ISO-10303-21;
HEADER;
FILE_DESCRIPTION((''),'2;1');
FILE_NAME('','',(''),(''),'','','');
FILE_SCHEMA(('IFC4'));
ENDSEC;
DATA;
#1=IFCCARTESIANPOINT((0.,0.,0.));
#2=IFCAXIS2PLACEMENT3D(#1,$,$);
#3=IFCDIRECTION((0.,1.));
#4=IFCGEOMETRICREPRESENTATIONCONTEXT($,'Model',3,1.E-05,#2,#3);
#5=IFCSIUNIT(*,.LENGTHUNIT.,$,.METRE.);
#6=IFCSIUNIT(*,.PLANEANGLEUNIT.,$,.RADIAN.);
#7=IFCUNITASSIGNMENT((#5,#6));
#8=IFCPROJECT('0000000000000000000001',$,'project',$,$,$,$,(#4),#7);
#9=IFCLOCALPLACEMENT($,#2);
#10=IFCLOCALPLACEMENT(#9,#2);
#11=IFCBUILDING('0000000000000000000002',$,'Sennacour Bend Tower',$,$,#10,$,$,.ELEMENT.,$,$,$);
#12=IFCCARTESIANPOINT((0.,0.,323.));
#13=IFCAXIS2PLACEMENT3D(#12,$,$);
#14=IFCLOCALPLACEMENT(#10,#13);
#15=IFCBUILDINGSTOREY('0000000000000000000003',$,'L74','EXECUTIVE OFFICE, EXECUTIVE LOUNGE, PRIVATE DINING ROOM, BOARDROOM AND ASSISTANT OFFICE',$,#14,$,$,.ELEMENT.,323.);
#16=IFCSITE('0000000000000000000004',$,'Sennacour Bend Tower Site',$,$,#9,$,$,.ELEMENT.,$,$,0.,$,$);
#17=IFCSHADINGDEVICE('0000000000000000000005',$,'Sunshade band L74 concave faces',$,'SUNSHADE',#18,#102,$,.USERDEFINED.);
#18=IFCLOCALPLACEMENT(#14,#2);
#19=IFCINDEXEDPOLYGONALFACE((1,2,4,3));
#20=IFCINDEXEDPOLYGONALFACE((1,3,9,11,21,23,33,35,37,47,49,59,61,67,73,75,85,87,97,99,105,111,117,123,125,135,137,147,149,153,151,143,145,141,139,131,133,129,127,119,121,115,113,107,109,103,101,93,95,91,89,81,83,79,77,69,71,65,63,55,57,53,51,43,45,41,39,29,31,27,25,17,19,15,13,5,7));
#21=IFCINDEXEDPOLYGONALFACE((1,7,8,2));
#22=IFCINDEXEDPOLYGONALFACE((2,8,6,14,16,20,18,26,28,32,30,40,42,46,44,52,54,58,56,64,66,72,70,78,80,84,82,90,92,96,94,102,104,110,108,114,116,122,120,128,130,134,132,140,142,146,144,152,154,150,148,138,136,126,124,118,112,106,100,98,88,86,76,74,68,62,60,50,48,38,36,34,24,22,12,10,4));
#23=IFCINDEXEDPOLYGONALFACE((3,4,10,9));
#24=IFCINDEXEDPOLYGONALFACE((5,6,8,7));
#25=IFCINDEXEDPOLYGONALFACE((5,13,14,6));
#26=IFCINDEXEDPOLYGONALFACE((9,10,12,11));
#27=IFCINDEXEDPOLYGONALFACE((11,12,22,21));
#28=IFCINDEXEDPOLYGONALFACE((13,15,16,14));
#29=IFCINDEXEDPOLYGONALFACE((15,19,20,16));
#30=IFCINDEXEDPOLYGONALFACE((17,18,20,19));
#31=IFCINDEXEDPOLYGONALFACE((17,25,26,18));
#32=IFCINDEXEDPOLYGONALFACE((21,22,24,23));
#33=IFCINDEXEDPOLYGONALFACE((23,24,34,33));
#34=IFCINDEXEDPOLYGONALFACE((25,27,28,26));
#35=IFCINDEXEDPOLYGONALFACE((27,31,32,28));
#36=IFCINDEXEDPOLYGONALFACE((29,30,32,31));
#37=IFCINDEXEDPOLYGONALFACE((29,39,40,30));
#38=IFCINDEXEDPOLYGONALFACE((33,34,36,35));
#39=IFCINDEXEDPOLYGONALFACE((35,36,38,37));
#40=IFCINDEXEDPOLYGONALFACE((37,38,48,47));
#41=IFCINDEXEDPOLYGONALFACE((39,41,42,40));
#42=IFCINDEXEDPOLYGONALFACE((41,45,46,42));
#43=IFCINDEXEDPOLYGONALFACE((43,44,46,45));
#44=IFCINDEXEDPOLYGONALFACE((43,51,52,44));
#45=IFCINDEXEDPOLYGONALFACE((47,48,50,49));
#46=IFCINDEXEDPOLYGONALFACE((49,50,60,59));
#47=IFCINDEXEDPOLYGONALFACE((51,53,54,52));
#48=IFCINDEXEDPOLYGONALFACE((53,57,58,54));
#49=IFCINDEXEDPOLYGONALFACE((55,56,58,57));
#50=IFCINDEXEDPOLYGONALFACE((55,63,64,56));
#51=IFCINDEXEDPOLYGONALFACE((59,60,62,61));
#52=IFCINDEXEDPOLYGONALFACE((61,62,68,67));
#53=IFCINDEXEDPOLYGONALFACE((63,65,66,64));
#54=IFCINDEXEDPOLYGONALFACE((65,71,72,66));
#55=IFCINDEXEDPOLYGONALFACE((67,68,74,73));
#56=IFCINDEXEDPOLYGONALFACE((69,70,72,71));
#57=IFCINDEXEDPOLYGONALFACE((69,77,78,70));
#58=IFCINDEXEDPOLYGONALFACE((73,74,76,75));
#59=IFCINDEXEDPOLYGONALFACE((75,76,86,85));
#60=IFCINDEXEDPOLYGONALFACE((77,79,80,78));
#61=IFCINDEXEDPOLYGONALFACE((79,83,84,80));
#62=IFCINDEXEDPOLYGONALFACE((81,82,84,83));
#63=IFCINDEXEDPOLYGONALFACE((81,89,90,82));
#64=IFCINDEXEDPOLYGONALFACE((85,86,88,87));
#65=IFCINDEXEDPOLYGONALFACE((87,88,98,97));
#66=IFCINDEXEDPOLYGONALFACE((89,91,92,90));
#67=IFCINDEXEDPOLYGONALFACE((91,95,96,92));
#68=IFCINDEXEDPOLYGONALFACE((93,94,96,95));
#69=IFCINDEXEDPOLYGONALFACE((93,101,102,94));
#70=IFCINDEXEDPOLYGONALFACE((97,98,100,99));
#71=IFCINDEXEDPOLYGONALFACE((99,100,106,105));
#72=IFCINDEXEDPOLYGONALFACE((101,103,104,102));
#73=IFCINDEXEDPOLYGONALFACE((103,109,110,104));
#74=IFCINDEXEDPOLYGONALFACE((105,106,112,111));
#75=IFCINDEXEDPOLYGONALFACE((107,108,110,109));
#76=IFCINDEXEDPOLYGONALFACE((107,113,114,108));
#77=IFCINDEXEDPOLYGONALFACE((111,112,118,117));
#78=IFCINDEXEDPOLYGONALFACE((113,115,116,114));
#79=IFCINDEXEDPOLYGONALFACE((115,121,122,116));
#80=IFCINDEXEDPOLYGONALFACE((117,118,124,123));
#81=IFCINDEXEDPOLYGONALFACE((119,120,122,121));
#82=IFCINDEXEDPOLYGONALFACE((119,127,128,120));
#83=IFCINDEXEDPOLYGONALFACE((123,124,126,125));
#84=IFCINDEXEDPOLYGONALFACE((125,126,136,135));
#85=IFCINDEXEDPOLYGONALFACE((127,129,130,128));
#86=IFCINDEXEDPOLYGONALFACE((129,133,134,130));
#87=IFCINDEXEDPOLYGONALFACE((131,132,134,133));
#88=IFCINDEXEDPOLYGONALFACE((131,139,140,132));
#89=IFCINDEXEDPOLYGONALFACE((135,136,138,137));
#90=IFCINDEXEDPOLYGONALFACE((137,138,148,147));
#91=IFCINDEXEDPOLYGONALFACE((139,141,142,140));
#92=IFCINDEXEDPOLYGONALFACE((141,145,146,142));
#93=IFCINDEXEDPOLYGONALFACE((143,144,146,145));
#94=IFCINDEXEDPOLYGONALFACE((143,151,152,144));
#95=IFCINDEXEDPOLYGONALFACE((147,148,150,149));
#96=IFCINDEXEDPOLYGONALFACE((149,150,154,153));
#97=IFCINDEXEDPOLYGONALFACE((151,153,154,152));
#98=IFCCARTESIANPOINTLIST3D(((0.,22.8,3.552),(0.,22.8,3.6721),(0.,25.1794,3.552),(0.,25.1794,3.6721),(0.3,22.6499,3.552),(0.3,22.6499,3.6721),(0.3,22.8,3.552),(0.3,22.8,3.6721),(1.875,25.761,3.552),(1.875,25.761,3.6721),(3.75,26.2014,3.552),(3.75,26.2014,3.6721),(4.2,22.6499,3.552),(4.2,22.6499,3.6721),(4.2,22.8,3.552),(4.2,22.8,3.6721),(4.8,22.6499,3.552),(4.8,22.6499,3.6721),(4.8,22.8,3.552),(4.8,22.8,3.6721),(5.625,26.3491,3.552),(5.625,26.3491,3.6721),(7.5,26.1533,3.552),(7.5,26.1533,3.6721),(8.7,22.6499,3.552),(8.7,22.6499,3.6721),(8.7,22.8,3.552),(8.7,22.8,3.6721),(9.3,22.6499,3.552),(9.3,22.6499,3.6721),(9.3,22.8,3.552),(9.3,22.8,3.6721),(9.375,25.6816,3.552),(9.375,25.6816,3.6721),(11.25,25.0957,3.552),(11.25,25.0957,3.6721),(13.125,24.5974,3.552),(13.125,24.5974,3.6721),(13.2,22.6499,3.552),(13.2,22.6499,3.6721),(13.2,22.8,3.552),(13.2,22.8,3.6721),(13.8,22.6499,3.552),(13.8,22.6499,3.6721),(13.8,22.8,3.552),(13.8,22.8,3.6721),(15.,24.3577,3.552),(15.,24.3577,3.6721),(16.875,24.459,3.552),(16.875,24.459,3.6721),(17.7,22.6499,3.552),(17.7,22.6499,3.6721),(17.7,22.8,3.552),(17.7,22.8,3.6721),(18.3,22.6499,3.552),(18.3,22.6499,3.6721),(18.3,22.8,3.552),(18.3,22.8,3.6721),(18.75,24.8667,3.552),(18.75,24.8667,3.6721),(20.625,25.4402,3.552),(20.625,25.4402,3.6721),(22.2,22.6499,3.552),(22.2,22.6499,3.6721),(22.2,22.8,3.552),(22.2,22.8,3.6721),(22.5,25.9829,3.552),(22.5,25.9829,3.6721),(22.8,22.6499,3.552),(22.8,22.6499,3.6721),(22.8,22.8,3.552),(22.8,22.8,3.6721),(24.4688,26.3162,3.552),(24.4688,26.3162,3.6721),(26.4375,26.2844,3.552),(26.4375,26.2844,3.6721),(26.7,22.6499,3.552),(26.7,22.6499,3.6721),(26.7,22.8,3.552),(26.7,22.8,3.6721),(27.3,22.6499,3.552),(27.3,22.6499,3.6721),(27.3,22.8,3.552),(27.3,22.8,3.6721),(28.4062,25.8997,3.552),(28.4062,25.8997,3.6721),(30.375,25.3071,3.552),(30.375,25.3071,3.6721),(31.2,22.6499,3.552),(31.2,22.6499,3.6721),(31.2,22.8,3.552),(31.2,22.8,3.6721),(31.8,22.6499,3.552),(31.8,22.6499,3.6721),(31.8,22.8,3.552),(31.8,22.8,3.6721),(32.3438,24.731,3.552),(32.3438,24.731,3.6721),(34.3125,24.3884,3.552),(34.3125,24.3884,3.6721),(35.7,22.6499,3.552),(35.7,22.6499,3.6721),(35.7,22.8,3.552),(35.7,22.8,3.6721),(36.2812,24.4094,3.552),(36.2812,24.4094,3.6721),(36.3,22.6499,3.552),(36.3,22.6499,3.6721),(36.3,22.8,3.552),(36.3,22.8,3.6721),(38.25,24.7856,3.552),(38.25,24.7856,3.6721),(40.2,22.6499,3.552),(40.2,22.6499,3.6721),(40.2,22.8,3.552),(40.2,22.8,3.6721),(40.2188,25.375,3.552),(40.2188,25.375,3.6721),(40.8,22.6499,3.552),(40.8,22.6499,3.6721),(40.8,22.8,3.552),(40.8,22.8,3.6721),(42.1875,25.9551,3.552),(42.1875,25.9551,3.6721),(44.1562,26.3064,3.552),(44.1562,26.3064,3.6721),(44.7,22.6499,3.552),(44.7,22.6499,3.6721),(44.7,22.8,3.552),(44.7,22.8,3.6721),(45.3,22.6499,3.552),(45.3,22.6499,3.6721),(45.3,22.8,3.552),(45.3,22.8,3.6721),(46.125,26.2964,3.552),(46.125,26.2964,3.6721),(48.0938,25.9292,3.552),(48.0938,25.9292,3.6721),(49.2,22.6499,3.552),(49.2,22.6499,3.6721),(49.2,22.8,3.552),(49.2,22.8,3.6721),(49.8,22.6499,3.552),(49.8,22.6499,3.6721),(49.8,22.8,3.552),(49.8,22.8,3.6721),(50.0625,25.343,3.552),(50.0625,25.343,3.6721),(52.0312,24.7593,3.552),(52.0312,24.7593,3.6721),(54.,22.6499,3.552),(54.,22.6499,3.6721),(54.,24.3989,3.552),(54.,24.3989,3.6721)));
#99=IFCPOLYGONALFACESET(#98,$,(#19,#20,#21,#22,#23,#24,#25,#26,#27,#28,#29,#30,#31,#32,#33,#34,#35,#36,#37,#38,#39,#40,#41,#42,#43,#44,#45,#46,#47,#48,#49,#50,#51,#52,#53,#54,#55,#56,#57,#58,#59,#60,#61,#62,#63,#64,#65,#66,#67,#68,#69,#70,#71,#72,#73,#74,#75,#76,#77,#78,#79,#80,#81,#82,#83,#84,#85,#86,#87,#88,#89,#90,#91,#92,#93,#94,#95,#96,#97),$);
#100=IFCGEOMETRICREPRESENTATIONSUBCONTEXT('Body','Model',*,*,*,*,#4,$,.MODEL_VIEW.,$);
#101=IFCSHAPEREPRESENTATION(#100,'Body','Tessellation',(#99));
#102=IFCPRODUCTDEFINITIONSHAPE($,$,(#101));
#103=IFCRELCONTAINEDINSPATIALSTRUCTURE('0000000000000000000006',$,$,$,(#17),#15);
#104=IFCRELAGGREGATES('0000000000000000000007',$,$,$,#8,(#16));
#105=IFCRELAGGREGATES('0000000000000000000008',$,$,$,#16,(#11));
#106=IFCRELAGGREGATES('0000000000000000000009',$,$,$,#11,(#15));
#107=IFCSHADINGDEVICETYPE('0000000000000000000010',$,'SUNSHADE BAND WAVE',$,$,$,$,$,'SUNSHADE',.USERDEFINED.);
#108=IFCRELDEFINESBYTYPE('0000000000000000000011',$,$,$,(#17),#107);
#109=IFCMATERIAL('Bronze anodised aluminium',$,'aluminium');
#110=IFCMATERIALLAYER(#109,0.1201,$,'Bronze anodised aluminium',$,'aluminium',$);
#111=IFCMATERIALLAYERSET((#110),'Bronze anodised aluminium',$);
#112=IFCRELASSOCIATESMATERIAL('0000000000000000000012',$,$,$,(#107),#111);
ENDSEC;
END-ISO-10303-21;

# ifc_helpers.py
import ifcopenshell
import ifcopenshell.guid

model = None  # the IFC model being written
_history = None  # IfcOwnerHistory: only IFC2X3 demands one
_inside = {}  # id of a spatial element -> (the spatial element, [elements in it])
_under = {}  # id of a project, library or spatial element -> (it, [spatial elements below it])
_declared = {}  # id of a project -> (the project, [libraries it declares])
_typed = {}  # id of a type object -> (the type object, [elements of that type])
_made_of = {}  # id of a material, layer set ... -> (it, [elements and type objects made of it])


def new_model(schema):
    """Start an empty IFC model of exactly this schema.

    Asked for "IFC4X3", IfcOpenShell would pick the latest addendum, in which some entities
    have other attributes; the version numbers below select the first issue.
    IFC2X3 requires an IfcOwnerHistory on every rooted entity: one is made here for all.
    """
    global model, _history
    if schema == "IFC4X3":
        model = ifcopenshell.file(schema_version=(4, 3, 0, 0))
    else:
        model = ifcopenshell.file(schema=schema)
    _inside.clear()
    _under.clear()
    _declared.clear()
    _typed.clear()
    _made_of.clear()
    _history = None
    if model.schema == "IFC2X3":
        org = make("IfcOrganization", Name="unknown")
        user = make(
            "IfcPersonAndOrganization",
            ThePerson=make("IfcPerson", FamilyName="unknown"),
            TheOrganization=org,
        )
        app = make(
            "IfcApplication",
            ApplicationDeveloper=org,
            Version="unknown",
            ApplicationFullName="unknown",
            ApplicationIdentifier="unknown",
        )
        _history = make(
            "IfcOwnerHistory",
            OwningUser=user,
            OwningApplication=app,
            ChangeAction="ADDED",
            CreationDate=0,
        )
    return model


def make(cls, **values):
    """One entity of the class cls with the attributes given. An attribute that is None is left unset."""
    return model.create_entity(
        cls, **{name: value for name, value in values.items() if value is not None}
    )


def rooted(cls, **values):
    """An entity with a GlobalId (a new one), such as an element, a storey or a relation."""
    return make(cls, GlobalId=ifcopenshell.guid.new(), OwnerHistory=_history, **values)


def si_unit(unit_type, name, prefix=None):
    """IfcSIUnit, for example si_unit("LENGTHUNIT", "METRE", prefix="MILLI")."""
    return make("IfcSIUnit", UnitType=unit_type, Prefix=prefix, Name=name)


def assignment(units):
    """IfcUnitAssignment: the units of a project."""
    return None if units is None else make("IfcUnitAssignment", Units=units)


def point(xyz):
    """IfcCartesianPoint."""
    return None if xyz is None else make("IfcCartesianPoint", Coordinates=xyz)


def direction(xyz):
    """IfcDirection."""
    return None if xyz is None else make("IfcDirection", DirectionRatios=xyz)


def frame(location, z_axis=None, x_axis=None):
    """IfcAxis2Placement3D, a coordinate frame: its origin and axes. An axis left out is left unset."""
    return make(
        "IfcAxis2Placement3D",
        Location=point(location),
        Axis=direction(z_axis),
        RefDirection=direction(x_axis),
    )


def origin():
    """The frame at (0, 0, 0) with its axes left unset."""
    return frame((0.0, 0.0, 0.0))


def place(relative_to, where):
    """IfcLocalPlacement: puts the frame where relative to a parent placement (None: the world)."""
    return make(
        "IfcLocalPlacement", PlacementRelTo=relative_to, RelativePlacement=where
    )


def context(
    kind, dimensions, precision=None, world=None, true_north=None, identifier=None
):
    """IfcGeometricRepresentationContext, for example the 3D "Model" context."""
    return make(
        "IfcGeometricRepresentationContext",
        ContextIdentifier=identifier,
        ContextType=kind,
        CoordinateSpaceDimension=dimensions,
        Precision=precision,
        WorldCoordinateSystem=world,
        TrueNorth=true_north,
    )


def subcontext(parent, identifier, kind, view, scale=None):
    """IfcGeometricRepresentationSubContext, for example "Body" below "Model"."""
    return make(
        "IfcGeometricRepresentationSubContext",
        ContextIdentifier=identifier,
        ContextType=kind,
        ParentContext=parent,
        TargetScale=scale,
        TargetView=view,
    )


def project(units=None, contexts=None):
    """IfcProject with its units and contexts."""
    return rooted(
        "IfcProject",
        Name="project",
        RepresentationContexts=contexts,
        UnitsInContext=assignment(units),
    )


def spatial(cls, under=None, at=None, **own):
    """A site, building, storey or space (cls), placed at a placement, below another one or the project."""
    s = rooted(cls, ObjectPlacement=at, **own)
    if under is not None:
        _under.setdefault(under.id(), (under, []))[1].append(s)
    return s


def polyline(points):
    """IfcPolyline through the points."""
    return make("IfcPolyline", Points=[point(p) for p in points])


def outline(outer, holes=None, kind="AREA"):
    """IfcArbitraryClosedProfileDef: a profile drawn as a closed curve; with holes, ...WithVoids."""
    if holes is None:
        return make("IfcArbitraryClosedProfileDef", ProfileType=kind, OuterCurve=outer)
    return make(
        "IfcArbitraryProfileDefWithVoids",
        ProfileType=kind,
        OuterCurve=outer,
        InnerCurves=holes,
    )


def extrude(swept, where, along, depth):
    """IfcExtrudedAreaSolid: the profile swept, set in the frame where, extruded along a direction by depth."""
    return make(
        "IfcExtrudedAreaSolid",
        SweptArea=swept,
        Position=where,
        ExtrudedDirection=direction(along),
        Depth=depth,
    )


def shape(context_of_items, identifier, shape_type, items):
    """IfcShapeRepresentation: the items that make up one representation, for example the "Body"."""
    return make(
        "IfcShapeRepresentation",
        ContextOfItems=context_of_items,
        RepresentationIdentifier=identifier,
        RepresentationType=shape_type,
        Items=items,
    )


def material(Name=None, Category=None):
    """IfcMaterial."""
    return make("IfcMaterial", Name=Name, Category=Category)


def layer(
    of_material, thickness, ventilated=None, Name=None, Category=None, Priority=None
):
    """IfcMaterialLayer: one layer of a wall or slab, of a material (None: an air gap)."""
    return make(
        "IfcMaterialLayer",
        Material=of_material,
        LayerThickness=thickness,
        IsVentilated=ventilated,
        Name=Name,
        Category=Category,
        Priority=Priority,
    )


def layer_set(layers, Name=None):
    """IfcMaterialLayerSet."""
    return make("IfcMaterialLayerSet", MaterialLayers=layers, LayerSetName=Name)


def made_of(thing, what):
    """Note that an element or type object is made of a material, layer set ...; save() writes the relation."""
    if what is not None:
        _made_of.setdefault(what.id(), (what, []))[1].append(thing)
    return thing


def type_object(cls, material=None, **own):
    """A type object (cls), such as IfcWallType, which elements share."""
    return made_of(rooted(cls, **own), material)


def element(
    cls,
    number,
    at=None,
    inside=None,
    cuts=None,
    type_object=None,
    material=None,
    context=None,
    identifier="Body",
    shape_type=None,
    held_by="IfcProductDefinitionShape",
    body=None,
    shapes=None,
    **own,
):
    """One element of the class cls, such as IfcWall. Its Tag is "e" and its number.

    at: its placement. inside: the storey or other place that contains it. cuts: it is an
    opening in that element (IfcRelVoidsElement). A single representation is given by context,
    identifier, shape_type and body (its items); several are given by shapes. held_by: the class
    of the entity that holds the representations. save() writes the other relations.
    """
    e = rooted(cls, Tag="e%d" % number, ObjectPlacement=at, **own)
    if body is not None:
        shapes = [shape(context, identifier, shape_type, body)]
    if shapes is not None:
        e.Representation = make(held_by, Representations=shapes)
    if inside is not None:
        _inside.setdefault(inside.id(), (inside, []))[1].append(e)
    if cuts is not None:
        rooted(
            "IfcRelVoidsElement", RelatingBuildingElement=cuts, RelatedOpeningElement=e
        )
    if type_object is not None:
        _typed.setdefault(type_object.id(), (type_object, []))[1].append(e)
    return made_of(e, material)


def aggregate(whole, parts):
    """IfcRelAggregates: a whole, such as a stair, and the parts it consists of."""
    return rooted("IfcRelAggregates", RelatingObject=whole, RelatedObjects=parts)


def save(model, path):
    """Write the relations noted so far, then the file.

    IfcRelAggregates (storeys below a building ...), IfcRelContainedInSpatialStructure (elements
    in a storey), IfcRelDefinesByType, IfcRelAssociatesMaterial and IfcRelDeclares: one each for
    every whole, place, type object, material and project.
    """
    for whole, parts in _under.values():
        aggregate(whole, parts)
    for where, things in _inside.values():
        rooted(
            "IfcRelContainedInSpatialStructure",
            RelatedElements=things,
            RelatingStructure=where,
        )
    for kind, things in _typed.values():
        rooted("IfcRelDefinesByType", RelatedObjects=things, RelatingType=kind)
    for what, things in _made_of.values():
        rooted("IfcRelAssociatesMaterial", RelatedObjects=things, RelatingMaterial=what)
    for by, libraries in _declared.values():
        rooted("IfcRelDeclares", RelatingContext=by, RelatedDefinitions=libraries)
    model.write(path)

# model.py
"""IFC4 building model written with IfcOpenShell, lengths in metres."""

from ifc_helpers import new_model, si_unit, direction, frame, origin, place, context, subcontext, project, spatial, polyline, outline, extrude, material, layer, layer_set, type_object, element, save


model = new_model("IFC4")

# Units and contexts
model_context = context("Model", 3, precision=1e-05, world=origin(), true_north=direction((0.0, 1.0)))
body_context = subcontext(model_context, "Body", "Model", "MODEL_VIEW")
ifc_project = project(units=[si_unit("LENGTHUNIT", "METRE"), si_unit("PLANEANGLEUNIT", "RADIAN")], contexts=[model_context])

# Site, building, storey
site_placement = place(None, origin())
site = spatial("IfcSite", under=ifc_project, at=site_placement, Name="Sennacour Bend Tower Site", CompositionType="ELEMENT", RefElevation=0.0)
building_placement = place(site_placement, origin())
building = spatial("IfcBuilding", under=site, at=building_placement, Name="Sennacour Bend Tower", CompositionType="ELEMENT")
storey_placement = place(building_placement, frame((0.0, 0.0, 323.0)))
storey = spatial("IfcBuildingStorey", under=building, at=storey_placement, Name="L74", Description="EXECUTIVE OFFICE, EXECUTIVE LOUNGE, PRIVATE DINING ROOM, BOARDROOM AND ASSISTANT OFFICE", CompositionType="ELEMENT", Elevation=323.0)

# Shading device
ifc_material_1 = material(Name="Bronze anodised aluminium", Category="aluminium")
ifc_layer_1 = layer(ifc_material_1, 0.1201, Name="Bronze anodised aluminium", Category="aluminium")
ifc_layer_set_1 = layer_set([ifc_layer_1], Name="Bronze anodised aluminium")
shading_device_type_1 = type_object("IfcShadingDeviceType", Name="SUNSHADE BAND WAVE", ElementType="SUNSHADE", PredefinedType="USERDEFINED", material=ifc_layer_set_1)
shading_device_1_placement = place(storey_placement, frame((0.0, 0.0, 3.552)))
element("IfcShadingDevice", 1, at=shading_device_1_placement, inside=storey, type_object=shading_device_type_1, Name="Sunshade band L74 concave faces", ObjectType="SUNSHADE", PredefinedType="USERDEFINED", context=body_context, shape_type="SweptSolid", body=[
    extrude(outline(polyline([(54.0, 22.6499), (49.8, 22.6499), (49.8, 22.8), (49.2, 22.8), (49.2, 22.6499), (45.3, 22.6499), (45.3, 22.8), (44.7, 22.8), (44.7, 22.6499), (40.8, 22.6499), (40.8, 22.8), (40.2, 22.8), (40.2, 22.6499), (36.3, 22.6499), (36.3, 22.8), (35.7, 22.8), (35.7, 22.6499), (31.8, 22.6499), (31.8, 22.8), (31.2, 22.8), (31.2, 22.6499), (27.3, 22.6499), (27.3, 22.8), (26.7, 22.8), (26.7, 22.6499), (22.8, 22.6499), (22.8, 22.8), (22.2, 22.8), (22.2, 22.6499), (18.3, 22.6499), (18.3, 22.8), (17.7, 22.8), (17.7, 22.6499), (13.8, 22.6499), (13.8, 22.8), (13.2, 22.8), (13.2, 22.6499), (9.3, 22.6499), (9.3, 22.8), (8.7, 22.8), (8.7, 22.6499), (4.8, 22.6499), (4.8, 22.8), (4.2, 22.8), (4.2, 22.6499), (0.3, 22.6499), (0.3, 22.8), (0.0, 22.8), (0.0, 25.1794), (1.875, 25.761), (3.75, 26.2014), (5.625, 26.3491), (7.5, 26.1533), (9.375, 25.6816), (11.25, 25.0957), (13.125, 24.5974), (15.0, 24.3577), (16.875, 24.459), (18.75, 24.8667), (20.625, 25.4402), (22.5, 25.9829), (24.4688, 26.3162), (26.4375, 26.2844), (28.4062, 25.8997), (30.375, 25.3071), (32.3438, 24.731), (34.3125, 24.3884), (36.2812, 24.4094), (38.25, 24.7856), (40.2188, 25.375), (42.1875, 25.9551), (44.1562, 26.3064), (46.125, 26.2964), (48.0938, 25.9292), (50.0625, 25.343), (52.0312, 24.7593), (54.0, 24.3989), (54.0, 22.6499)])), origin(), (0.0, 0.0, 1.0), 0.1201),
])

save(model, "model.ifc")
